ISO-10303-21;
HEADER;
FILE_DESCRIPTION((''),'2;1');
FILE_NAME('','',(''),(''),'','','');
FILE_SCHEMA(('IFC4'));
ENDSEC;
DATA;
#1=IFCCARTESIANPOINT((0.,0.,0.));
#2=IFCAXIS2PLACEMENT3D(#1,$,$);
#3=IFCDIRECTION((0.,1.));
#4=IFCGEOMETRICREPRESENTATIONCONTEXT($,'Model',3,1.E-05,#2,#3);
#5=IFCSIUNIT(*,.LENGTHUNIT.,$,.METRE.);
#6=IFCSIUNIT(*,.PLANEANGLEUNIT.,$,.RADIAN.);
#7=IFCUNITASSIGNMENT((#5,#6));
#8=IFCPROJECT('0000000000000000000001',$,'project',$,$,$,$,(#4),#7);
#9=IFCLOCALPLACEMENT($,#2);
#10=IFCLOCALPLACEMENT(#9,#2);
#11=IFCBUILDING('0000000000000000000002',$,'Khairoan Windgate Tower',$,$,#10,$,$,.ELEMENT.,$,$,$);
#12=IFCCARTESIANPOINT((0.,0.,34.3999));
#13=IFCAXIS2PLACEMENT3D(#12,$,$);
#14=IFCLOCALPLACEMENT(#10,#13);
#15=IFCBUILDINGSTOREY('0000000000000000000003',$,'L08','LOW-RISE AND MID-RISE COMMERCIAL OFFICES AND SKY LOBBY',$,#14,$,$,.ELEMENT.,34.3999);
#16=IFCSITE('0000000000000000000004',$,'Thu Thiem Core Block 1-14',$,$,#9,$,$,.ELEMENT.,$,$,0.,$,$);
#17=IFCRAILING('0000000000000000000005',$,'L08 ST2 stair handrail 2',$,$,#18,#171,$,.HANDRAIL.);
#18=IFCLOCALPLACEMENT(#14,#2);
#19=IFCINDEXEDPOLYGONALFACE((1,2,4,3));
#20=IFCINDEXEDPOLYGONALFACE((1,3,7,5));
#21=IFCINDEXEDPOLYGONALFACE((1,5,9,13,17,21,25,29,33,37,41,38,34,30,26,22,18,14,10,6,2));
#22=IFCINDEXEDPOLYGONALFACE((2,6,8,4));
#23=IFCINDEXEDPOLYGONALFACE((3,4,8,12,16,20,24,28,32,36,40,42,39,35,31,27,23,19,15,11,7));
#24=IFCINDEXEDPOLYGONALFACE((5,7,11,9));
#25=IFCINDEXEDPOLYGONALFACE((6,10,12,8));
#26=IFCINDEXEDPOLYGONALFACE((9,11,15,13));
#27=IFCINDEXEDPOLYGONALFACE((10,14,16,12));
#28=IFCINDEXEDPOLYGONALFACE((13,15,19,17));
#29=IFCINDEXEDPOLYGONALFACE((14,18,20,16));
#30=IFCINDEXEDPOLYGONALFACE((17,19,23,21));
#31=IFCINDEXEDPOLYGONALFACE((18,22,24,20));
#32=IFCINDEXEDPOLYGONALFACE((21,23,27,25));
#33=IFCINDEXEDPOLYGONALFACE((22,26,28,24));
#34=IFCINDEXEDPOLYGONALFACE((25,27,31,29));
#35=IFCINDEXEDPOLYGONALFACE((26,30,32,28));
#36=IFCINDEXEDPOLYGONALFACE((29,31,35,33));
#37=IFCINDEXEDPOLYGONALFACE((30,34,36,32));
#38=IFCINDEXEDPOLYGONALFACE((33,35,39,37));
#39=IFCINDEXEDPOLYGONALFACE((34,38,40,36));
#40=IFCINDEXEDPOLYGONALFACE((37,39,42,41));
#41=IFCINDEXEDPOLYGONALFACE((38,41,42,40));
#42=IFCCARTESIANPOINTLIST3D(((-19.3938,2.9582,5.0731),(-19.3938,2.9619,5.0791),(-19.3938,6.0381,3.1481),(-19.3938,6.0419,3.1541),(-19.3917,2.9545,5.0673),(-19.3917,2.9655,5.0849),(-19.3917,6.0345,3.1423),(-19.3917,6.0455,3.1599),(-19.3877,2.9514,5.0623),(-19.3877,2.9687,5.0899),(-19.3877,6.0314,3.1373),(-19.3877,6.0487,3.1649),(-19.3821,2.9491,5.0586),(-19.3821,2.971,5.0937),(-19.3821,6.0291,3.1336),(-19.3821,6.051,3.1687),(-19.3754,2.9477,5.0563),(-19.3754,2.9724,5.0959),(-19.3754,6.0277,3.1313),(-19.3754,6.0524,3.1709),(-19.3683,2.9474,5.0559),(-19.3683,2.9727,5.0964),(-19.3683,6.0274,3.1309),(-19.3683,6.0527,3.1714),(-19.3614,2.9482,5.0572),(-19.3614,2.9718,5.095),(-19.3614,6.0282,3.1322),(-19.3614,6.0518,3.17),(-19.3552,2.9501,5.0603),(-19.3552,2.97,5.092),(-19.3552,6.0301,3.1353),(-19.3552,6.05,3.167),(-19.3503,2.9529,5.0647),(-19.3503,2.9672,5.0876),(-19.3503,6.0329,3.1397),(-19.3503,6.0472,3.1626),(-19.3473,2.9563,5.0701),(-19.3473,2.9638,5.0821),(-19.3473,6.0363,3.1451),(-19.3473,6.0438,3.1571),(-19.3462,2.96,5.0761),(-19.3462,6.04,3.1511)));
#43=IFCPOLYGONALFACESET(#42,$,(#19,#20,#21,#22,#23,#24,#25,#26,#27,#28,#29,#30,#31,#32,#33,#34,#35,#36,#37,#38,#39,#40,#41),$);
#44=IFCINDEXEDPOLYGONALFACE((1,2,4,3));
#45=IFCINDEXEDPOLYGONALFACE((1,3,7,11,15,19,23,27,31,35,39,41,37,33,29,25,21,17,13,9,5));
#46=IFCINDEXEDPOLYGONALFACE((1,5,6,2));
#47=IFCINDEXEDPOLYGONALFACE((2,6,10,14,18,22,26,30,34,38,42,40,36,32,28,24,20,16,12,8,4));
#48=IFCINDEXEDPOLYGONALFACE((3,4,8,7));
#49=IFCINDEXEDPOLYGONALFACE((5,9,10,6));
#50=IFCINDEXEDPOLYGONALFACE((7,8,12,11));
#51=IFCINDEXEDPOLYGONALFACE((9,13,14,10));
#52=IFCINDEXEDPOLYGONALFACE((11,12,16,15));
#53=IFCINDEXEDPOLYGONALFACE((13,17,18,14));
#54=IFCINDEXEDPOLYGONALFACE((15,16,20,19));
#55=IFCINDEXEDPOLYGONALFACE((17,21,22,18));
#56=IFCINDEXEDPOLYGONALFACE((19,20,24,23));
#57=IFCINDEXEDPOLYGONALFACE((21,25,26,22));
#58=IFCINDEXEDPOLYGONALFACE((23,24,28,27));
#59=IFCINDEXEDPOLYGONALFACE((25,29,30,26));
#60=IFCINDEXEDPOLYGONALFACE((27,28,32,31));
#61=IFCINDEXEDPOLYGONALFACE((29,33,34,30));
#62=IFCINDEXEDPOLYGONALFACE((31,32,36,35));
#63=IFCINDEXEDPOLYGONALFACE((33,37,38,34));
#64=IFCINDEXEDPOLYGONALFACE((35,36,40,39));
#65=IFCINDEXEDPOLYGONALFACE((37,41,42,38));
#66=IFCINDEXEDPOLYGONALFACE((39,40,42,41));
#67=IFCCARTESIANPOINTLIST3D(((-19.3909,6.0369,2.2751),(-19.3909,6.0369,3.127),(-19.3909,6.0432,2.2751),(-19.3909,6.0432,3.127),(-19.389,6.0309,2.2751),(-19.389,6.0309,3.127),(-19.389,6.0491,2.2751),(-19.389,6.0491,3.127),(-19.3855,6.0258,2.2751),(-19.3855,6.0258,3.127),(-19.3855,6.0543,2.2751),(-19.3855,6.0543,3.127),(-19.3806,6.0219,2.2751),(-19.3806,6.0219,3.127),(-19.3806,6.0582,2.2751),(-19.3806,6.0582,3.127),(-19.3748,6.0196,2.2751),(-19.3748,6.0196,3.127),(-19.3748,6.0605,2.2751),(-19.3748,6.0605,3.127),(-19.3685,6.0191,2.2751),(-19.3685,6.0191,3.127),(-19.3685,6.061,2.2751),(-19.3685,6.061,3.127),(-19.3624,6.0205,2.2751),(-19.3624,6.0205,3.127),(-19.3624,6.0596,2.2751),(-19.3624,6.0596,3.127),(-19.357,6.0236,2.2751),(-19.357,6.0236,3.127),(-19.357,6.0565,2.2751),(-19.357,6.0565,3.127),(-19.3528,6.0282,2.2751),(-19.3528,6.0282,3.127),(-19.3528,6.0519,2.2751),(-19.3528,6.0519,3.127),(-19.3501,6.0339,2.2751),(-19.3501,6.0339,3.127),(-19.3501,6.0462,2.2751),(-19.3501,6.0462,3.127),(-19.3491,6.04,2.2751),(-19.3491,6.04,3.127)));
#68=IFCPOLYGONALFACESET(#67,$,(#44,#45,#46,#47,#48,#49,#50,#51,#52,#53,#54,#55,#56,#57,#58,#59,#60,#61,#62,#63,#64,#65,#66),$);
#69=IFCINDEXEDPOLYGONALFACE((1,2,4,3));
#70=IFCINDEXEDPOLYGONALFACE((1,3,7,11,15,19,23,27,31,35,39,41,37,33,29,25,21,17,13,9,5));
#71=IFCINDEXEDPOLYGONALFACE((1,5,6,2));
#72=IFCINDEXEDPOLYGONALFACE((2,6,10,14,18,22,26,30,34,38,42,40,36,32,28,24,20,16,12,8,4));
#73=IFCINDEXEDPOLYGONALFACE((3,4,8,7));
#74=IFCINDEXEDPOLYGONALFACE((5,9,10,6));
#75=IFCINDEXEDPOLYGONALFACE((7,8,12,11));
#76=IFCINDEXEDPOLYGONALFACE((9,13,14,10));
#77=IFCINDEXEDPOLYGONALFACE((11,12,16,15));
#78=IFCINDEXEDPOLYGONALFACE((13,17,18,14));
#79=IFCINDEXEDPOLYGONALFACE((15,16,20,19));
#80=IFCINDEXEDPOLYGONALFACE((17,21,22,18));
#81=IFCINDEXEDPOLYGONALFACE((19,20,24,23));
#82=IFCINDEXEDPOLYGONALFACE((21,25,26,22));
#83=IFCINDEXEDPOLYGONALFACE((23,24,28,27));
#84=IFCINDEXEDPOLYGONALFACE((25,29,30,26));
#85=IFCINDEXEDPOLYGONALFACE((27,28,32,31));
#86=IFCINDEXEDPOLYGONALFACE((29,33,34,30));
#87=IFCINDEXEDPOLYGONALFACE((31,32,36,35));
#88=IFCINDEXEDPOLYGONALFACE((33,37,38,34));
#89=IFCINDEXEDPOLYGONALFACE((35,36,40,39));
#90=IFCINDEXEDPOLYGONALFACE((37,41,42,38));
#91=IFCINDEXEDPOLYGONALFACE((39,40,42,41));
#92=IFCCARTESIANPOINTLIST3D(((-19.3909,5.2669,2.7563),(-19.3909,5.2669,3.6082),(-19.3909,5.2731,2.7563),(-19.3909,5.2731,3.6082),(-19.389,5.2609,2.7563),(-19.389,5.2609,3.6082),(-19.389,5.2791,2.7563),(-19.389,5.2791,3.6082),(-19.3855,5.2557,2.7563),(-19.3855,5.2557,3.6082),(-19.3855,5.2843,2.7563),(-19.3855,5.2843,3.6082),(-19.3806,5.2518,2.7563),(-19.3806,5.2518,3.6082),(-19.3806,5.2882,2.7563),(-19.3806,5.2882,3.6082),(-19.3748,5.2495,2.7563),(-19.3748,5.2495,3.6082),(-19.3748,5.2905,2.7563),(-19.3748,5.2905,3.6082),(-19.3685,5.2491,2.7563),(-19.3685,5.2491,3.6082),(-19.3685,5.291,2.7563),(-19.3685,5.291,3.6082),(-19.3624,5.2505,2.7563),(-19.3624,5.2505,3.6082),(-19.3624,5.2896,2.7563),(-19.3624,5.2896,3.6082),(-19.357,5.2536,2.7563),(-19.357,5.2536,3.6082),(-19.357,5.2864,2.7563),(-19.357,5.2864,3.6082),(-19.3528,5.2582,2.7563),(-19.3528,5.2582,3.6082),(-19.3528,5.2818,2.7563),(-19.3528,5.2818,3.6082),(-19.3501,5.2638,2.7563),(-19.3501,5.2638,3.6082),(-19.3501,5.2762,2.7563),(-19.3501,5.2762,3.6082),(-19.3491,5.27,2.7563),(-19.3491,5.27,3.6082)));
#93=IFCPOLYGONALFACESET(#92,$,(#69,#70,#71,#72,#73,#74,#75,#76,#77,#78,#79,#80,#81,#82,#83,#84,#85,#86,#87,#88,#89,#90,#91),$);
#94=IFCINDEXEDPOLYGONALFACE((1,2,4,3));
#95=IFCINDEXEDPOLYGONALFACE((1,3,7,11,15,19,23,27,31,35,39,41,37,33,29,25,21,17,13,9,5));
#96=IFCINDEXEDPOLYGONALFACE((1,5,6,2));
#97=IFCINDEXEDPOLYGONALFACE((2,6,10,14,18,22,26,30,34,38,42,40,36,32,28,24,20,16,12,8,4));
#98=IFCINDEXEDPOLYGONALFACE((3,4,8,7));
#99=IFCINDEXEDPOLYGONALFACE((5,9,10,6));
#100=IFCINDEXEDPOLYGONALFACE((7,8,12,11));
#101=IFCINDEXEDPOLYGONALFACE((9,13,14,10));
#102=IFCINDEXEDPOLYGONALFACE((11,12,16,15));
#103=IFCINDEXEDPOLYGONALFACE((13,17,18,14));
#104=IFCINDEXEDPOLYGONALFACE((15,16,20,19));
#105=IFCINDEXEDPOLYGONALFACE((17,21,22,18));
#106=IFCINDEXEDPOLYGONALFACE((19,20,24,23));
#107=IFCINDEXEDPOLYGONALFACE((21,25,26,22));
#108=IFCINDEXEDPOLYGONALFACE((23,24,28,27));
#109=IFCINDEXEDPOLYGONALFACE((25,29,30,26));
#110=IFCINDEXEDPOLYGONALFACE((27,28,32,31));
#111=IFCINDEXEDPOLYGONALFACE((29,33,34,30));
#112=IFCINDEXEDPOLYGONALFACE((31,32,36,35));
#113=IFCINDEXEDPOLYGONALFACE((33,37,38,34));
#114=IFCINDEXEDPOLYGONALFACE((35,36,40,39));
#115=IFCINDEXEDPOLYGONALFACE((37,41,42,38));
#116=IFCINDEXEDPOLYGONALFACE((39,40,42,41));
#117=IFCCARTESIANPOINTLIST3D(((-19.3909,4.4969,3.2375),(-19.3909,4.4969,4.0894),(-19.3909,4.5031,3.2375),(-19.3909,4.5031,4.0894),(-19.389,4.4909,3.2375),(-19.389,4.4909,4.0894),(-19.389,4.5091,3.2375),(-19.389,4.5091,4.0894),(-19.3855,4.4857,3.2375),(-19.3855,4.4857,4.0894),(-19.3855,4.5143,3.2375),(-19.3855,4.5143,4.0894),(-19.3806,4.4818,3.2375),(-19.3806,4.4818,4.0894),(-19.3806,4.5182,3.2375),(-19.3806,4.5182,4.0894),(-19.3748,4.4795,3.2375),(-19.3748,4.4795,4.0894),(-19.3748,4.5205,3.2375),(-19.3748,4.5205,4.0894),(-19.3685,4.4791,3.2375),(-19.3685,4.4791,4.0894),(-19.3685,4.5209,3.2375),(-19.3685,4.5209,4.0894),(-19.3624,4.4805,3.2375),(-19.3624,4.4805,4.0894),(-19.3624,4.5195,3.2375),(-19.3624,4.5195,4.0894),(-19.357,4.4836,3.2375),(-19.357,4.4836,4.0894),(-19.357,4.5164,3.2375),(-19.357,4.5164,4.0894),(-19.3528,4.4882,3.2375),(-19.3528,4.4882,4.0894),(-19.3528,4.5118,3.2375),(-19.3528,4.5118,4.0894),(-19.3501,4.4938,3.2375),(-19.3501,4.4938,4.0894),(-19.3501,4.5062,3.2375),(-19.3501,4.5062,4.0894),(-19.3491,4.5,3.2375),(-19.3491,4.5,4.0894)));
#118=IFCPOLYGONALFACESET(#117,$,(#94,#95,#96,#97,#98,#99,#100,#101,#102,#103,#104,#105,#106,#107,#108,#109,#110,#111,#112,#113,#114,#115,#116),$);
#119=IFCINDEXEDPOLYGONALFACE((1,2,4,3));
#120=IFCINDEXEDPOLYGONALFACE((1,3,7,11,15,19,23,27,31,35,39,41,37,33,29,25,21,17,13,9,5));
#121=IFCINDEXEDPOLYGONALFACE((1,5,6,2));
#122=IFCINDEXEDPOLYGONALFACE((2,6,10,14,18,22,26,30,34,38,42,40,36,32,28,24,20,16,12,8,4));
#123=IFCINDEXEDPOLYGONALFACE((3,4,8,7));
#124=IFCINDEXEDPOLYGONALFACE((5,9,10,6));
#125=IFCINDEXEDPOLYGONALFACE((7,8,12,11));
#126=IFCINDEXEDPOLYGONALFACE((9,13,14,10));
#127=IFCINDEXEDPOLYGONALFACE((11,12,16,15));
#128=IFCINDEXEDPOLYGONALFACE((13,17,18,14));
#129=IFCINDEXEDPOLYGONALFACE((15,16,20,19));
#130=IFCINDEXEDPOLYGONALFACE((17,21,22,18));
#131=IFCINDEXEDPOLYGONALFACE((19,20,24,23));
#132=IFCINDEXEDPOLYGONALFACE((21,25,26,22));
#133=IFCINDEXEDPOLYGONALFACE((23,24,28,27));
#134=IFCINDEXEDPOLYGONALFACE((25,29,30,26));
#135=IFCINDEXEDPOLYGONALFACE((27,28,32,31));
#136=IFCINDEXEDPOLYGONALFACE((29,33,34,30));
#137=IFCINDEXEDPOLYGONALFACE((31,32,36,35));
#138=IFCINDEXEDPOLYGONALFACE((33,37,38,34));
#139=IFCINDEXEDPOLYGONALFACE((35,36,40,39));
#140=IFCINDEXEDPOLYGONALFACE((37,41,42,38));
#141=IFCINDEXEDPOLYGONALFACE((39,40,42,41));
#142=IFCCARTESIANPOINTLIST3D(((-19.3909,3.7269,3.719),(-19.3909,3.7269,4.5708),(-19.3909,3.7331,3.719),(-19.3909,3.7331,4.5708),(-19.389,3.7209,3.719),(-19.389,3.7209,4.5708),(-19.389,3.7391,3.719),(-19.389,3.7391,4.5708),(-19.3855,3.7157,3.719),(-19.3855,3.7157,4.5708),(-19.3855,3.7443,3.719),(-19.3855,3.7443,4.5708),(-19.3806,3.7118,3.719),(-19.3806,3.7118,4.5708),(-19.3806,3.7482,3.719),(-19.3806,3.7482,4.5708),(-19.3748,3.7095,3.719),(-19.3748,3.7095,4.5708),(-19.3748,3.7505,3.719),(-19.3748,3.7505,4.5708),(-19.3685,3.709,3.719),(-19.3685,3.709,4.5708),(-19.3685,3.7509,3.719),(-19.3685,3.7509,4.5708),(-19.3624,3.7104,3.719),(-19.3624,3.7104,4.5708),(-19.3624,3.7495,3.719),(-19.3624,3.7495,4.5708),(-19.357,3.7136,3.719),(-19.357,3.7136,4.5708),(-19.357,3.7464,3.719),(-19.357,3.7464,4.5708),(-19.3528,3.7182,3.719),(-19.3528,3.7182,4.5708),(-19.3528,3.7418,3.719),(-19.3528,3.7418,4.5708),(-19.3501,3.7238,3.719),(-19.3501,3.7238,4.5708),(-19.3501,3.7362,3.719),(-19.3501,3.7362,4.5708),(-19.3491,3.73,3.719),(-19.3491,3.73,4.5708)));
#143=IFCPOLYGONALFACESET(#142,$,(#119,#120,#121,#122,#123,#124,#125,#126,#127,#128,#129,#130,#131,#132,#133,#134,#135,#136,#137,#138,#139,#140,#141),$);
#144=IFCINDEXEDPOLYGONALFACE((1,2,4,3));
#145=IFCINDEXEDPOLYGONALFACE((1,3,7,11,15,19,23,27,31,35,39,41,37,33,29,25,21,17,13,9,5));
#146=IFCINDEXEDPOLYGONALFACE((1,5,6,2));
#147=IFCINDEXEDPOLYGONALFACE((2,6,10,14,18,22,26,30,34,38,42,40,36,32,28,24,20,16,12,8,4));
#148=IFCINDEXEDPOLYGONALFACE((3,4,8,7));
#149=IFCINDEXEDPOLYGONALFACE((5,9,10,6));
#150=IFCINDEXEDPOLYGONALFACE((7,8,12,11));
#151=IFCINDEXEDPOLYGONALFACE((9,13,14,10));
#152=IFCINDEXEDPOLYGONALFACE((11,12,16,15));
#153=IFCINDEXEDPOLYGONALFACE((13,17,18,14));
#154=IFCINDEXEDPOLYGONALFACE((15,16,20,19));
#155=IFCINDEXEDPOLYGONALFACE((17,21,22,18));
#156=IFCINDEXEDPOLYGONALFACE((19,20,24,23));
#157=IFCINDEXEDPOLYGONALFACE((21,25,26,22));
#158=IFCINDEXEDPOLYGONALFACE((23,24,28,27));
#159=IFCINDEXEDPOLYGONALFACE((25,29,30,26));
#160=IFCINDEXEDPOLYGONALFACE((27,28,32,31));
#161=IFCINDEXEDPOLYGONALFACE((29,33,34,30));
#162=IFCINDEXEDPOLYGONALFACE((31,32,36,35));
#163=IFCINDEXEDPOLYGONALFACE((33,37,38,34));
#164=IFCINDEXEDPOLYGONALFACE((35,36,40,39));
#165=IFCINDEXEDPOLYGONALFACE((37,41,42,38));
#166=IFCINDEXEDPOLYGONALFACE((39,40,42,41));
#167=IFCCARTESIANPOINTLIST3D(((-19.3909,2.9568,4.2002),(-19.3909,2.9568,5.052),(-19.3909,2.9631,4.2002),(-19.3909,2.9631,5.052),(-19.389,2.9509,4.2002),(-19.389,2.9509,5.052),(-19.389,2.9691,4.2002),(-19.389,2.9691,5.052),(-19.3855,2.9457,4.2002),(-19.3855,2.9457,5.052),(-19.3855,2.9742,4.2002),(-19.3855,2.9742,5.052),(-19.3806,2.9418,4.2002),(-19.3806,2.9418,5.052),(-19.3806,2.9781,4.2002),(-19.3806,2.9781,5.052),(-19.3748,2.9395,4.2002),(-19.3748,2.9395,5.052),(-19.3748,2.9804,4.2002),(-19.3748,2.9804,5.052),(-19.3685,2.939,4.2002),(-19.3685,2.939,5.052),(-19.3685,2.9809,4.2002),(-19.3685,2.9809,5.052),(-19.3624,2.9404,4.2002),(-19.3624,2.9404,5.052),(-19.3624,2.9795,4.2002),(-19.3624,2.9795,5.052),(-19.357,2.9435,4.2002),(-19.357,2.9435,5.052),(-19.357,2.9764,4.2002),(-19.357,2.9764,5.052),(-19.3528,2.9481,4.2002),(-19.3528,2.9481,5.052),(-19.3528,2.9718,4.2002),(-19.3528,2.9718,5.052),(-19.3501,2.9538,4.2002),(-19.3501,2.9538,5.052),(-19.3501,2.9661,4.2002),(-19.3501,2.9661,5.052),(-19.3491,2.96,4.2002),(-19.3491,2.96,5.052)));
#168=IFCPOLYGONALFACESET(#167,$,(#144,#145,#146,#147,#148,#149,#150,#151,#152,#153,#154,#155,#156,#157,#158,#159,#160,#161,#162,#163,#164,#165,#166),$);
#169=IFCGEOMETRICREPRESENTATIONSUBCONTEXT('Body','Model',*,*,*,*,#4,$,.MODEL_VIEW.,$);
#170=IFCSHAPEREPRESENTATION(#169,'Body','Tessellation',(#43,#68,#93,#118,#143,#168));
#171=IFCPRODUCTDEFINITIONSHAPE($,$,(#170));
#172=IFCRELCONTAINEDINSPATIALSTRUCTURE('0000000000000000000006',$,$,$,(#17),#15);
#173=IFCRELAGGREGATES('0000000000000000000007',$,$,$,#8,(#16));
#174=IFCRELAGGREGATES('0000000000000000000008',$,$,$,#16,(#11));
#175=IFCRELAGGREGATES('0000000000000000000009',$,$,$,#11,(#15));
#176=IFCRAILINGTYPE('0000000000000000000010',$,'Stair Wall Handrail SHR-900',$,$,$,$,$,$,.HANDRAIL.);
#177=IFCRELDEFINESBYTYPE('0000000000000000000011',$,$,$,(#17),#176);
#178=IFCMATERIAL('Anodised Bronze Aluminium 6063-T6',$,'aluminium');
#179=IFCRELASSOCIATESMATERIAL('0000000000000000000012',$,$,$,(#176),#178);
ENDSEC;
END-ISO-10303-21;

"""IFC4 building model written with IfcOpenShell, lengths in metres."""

from ifc_helpers import new_model, si_unit, direction, frame, origin, origin_2d, place, context, subcontext, project, spatial, circle, extrude, material, type_object, element, save


model = new_model("IFC4")

# Units and contexts
model_context = context("Model", 3, precision=1e-05, world=origin(), true_north=direction((0.0, 1.0)))
body_context = subcontext(model_context, "Body", "Model", "MODEL_VIEW")
ifc_project = project(units=[si_unit("LENGTHUNIT", "METRE"), si_unit("PLANEANGLEUNIT", "RADIAN")], contexts=[model_context])

# Site, building, storey
site_placement = place(None, origin())
site = spatial("IfcSite", under=ifc_project, at=site_placement, Name="Thu Thiem Core Block 1-14", CompositionType="ELEMENT", RefElevation=0.0)
building_placement = place(site_placement, origin())
building = spatial("IfcBuilding", under=site, at=building_placement, Name="Khairoan Windgate Tower", CompositionType="ELEMENT")
storey_placement = place(building_placement, frame((0.0, 0.0, 34.3999)))
storey = spatial("IfcBuildingStorey", under=building, at=storey_placement, Name="L08", Description="LOW-RISE AND MID-RISE COMMERCIAL OFFICES AND SKY LOBBY", CompositionType="ELEMENT", Elevation=34.3999)

# Railing
ifc_material_1 = material(Name="Anodised Bronze Aluminium 6063-T6", Category="aluminium")
railing_type_1 = type_object("IfcRailingType", Name="Stair Wall Handrail SHR-900", PredefinedType="HANDRAIL", material=ifc_material_1)
railing_1_placement = place(storey_placement, frame((-19.3701, 6.04, 2.2751)))
element("IfcRailing", 1, at=railing_1_placement, inside=storey, type_object=railing_type_1, Name="L08 ST2 stair handrail 2", PredefinedType="HANDRAIL", context=body_context, shape_type="SweptSolid", body=[
    extrude(circle(Radius=0.0239, at=origin_2d()), frame((0.0, 0.0, 0.876), z_axis=(0.0, -0.847998, 0.529999), x_axis=(1.0, 0.0, 0.0)), (0.0, 0.0, 1.0), 3.6321),
    extrude(circle(Radius=0.021, at=origin_2d()), origin(), (0.0, 0.0, 1.0), 0.8518),
    extrude(circle(Radius=0.021, at=origin_2d()), frame((0.0, -0.77, 0.4812)), (0.0, 0.0, 1.0), 0.8518),
    extrude(circle(Radius=0.021, at=origin_2d()), frame((0.0, -1.54, 0.9624)), (0.0, 0.0, 1.0), 0.8518),
    extrude(circle(Radius=0.021, at=origin_2d()), frame((0.0, -2.3101, 1.4438)), (0.0, 0.0, 1.0), 0.8518),
    extrude(circle(Radius=0.021, at=origin_2d()), frame((0.0, -3.0801, 1.925)), (0.0, 0.0, 1.0), 0.8518),
])

save(model, "model.ifc")
